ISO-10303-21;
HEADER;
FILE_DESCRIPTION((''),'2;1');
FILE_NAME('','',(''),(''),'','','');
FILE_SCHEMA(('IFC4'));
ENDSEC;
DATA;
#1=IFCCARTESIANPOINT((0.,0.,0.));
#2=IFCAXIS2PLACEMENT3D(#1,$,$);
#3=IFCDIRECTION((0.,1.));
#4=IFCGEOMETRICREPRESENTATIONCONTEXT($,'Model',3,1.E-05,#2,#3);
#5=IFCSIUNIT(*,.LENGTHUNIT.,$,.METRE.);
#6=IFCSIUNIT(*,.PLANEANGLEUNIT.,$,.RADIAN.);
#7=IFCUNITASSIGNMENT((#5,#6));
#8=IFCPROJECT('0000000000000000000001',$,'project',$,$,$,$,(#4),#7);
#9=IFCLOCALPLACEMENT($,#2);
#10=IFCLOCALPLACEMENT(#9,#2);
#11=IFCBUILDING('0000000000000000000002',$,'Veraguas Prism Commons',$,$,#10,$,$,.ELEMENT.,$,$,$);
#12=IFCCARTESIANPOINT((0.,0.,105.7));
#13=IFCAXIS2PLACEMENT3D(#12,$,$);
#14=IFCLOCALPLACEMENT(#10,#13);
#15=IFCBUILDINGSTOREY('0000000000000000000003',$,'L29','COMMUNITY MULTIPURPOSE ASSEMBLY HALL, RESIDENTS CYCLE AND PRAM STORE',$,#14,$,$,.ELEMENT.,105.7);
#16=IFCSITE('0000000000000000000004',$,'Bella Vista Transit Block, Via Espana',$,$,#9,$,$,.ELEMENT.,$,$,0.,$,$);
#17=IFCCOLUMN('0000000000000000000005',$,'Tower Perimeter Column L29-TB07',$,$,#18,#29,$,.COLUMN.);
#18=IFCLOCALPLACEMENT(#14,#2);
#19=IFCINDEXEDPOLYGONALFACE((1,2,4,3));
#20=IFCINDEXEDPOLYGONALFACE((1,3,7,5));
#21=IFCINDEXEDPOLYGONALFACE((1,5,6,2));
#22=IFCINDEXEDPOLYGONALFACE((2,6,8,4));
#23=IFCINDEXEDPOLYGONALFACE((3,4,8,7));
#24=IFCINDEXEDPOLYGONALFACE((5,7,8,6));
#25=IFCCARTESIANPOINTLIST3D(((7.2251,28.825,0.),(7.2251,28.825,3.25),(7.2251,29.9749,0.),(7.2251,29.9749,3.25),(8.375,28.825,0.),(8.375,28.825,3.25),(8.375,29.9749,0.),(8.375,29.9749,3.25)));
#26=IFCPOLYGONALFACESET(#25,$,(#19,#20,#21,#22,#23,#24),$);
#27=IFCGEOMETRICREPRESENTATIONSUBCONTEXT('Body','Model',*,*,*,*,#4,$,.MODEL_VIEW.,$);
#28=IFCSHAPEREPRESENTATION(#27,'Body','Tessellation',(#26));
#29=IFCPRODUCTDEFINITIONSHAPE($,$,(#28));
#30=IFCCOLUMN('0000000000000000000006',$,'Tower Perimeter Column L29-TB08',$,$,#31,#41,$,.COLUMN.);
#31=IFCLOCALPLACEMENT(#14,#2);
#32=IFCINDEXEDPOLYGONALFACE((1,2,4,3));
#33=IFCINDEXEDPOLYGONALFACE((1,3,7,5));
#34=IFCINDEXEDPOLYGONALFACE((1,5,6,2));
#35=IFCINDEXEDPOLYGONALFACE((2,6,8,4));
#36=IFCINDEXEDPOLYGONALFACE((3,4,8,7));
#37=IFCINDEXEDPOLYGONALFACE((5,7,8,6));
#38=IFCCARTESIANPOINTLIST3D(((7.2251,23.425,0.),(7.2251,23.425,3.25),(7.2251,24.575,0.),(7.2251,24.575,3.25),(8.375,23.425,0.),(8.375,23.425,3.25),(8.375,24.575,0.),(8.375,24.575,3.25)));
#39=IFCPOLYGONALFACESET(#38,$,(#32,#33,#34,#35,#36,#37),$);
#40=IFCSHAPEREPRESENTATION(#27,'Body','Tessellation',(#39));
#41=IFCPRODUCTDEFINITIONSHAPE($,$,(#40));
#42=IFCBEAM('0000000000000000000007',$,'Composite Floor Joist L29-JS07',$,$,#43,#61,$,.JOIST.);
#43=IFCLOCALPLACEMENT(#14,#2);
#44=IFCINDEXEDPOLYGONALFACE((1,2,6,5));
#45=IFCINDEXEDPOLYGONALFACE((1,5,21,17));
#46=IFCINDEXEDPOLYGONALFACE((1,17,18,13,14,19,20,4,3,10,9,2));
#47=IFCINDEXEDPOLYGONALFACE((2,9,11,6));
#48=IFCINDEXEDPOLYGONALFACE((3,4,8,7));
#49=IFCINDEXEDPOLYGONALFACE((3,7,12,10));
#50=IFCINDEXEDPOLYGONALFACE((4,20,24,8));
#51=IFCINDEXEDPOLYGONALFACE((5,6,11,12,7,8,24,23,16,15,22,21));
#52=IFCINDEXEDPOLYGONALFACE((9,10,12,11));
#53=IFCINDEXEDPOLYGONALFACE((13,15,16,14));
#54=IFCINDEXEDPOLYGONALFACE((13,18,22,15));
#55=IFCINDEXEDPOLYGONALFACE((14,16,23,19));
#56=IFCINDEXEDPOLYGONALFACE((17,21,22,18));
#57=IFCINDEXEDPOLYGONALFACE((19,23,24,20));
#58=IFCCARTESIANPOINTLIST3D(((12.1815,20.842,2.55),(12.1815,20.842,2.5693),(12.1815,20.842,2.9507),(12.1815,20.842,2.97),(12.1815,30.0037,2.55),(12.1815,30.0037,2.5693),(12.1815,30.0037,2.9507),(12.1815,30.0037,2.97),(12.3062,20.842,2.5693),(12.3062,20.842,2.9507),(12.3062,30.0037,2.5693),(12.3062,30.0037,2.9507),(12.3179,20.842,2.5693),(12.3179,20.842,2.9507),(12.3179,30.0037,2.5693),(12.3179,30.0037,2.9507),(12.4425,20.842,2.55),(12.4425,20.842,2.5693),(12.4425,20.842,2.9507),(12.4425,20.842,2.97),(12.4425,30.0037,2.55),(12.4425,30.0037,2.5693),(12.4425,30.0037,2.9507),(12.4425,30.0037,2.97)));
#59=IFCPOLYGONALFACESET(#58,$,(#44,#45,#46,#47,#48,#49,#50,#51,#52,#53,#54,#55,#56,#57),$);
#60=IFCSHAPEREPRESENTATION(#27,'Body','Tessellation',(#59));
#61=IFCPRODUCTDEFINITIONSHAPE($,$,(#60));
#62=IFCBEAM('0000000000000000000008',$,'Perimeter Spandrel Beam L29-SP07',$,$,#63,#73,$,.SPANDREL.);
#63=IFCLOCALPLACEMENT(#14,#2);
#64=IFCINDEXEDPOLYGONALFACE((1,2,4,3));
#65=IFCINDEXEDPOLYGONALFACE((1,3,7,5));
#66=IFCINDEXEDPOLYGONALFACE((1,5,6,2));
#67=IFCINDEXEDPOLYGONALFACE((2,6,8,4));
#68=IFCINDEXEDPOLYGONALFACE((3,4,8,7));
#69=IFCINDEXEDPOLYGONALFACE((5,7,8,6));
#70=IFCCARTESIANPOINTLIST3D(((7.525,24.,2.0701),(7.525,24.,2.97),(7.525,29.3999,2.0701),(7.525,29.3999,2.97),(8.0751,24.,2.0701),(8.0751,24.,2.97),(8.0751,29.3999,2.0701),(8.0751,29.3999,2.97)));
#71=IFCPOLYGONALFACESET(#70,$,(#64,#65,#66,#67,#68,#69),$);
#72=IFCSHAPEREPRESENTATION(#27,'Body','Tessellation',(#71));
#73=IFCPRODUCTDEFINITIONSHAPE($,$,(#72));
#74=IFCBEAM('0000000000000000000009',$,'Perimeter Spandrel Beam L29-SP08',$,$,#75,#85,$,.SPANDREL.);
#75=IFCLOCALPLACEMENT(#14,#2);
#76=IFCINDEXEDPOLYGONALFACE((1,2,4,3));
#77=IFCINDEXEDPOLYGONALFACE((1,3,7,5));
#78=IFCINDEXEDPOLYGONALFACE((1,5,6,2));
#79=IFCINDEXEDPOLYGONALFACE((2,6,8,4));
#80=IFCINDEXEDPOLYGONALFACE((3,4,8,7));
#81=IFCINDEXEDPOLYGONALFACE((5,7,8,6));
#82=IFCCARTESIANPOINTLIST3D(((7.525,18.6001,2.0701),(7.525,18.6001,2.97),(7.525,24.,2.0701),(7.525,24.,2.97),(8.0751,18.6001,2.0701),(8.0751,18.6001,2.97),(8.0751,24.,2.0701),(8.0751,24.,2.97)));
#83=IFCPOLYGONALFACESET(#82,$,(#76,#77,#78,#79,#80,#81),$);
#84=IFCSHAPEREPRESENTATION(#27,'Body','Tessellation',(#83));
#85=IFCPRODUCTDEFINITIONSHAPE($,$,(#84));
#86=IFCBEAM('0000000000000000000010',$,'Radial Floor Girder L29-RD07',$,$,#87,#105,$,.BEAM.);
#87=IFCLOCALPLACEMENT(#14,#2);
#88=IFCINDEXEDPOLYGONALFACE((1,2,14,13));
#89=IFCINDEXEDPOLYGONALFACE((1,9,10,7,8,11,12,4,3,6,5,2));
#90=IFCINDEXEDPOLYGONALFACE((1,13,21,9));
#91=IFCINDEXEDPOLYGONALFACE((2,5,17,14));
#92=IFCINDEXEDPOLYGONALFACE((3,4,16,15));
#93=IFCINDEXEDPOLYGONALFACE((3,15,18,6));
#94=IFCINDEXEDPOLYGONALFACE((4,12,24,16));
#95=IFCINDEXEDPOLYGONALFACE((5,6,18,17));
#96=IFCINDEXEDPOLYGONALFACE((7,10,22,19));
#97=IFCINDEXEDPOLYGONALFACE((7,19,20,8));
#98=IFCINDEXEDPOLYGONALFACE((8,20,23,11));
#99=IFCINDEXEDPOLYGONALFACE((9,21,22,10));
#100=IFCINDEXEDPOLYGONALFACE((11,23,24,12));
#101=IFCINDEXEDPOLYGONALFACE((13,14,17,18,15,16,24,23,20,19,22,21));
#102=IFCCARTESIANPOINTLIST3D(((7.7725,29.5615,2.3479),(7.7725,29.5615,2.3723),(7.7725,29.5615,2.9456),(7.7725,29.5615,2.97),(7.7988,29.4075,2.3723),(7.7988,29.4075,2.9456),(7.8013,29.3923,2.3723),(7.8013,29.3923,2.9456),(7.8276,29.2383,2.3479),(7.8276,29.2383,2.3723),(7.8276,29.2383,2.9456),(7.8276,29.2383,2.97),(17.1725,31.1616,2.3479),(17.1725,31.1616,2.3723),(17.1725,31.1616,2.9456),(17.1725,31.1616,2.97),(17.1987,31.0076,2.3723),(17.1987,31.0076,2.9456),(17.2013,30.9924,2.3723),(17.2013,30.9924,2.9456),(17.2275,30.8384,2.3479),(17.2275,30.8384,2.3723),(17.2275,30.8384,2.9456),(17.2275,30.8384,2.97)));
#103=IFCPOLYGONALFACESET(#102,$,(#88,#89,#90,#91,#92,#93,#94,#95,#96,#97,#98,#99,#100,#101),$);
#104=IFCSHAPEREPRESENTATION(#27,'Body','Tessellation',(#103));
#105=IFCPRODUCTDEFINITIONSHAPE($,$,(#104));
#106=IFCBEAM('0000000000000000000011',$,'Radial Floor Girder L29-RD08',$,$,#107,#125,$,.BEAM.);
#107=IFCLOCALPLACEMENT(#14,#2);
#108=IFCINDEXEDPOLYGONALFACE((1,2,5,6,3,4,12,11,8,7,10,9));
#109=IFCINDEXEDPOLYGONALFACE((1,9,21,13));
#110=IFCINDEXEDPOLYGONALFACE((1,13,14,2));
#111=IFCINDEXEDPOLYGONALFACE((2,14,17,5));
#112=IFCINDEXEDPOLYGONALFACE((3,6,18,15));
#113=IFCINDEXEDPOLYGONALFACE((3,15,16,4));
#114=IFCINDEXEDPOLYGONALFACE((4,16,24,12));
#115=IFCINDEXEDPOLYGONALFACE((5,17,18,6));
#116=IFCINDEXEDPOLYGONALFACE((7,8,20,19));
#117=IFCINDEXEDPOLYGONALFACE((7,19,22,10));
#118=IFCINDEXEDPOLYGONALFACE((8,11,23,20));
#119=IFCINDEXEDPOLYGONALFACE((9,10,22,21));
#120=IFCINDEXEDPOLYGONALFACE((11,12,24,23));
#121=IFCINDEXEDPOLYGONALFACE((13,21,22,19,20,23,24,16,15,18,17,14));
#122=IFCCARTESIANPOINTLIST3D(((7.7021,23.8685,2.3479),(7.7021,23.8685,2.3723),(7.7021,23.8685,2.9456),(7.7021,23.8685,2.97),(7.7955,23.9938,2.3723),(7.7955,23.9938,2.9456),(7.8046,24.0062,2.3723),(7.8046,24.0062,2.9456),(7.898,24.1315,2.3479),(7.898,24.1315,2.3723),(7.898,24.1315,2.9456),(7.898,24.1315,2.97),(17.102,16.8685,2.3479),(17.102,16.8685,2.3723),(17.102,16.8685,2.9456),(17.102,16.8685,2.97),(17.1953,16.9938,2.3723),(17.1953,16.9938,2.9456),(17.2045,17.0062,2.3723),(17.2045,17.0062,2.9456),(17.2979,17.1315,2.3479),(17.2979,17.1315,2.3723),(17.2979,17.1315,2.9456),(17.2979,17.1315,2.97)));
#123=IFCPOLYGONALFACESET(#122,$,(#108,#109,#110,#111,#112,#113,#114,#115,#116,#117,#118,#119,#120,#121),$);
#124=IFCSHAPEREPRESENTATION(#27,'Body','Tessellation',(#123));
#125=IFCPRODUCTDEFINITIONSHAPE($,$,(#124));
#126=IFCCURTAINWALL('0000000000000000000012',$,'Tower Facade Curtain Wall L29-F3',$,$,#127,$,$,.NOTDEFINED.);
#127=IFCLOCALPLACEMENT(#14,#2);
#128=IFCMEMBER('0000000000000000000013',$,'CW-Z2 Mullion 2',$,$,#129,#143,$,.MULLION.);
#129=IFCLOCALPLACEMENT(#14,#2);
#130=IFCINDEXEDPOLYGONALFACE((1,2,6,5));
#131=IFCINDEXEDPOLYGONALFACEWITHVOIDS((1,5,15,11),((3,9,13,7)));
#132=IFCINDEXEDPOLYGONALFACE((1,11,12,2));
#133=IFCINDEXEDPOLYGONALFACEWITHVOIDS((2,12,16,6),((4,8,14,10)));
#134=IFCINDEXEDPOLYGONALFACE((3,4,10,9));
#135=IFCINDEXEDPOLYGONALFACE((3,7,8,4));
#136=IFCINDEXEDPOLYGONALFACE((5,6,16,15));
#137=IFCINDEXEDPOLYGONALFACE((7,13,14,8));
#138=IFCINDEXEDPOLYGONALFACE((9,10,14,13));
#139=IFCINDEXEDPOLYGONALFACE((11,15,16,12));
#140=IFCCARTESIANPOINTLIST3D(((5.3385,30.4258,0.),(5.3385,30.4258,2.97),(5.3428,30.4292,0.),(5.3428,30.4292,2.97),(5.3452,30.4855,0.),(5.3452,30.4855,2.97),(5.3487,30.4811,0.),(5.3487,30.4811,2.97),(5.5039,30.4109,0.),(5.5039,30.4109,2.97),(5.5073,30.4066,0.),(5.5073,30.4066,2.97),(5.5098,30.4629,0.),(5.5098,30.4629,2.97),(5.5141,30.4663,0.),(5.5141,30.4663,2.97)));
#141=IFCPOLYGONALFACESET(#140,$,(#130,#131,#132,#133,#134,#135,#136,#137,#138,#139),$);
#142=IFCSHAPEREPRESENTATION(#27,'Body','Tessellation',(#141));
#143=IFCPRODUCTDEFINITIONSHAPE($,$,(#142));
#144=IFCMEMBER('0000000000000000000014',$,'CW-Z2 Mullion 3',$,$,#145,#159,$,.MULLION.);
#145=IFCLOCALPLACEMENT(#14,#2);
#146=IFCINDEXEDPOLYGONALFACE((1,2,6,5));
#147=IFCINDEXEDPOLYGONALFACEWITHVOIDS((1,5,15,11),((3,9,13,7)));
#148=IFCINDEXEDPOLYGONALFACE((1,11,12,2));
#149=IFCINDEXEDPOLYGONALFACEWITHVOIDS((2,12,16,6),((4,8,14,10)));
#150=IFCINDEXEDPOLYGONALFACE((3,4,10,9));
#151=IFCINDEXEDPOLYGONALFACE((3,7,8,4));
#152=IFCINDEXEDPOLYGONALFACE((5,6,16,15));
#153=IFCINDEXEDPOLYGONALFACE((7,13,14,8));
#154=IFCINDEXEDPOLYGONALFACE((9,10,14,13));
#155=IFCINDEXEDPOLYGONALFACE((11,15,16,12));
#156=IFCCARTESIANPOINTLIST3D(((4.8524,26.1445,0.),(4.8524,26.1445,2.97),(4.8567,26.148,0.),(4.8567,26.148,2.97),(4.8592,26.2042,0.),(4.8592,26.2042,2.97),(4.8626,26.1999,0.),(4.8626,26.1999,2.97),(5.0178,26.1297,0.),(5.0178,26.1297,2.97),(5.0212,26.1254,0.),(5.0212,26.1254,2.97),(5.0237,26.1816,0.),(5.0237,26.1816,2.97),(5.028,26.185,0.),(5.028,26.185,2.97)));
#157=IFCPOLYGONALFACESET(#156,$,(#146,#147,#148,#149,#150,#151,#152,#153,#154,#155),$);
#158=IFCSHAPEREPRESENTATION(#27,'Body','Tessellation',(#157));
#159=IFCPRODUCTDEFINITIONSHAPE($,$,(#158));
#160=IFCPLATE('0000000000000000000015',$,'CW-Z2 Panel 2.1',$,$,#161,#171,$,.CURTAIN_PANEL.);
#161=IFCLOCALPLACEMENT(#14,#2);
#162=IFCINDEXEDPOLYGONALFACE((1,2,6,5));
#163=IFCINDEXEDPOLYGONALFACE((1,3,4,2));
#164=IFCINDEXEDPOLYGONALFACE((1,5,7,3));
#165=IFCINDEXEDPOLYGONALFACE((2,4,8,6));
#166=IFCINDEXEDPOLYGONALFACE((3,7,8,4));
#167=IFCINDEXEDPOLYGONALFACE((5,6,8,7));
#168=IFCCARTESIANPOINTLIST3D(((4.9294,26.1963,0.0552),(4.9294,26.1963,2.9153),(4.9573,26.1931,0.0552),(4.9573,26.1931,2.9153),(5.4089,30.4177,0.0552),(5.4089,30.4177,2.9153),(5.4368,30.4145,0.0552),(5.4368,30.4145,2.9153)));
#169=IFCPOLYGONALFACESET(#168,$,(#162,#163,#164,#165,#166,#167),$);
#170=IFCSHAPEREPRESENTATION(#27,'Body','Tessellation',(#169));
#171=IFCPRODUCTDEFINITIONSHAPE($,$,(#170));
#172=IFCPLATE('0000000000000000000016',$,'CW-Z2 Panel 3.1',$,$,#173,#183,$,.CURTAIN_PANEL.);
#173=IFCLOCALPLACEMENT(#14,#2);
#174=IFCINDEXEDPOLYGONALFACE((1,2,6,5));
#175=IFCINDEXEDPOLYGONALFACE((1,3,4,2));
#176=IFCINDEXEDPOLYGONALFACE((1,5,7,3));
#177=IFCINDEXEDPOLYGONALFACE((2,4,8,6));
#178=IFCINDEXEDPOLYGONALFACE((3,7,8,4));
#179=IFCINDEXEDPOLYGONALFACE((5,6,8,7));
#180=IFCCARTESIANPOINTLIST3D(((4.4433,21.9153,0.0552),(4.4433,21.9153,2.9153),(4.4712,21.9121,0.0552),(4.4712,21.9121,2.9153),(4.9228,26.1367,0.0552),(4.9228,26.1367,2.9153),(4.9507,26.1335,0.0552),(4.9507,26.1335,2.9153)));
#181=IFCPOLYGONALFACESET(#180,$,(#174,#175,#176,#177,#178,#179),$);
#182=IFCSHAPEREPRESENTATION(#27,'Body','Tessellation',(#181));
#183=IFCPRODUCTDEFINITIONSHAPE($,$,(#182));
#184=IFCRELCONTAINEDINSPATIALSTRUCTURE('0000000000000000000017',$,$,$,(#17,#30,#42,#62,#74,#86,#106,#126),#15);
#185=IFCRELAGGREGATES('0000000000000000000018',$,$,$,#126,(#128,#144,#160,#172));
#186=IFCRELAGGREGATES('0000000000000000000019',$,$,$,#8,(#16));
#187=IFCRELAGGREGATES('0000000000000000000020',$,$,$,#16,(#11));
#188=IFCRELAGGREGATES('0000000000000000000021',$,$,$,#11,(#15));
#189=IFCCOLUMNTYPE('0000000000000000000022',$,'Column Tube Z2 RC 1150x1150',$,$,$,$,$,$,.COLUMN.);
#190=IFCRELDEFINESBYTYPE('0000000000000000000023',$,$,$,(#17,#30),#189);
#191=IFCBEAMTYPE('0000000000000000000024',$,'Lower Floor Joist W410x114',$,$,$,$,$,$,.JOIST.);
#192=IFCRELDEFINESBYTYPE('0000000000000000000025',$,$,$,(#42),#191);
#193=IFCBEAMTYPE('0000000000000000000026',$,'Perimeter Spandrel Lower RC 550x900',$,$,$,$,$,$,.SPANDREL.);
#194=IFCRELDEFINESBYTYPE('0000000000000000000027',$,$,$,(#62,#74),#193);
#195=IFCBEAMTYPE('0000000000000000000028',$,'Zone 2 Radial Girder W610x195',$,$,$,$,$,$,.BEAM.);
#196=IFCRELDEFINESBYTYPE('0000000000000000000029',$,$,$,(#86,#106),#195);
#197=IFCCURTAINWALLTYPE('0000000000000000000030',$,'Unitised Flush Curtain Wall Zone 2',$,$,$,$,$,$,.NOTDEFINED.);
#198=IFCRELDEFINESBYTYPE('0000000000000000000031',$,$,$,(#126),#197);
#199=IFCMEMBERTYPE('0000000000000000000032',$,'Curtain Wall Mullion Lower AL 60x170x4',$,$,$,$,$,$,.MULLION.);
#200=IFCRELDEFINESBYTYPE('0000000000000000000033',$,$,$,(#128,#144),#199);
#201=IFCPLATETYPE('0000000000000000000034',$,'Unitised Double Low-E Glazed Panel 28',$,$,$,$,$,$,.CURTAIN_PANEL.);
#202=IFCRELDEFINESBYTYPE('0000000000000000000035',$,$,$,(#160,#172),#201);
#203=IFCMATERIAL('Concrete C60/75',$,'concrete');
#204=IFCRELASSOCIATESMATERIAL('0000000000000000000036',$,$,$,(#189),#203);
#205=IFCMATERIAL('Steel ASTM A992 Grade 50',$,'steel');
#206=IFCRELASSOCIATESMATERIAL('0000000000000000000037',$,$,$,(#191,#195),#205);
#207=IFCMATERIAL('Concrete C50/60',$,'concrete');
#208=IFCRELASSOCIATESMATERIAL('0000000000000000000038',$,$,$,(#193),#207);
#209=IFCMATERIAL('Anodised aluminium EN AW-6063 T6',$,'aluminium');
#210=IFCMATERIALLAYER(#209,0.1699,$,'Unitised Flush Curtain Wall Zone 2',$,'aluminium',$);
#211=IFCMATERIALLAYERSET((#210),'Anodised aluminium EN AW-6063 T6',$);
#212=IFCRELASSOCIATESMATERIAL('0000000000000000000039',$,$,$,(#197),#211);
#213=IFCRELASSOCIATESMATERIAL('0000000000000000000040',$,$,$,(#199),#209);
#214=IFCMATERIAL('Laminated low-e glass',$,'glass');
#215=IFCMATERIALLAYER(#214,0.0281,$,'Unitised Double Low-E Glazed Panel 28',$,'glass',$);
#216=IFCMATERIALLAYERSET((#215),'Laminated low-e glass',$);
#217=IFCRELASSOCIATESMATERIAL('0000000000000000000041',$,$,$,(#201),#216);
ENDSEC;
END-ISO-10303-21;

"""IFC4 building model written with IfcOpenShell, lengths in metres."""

from ifc_helpers import new_model, si_unit, direction, frame, origin, origin_2d, place, context, subcontext, project, spatial, rectangle, hollow_rectangle, i_section, extrude, source, transform, mapped, material, layer, layer_set, material_profile, profile_set, type_object, element, aggregate, save


model = new_model("IFC4")

# Units and contexts
model_context = context("Model", 3, precision=1e-05, world=origin(), true_north=direction((0.0, 1.0)))
body_context = subcontext(model_context, "Body", "Model", "MODEL_VIEW")
ifc_project = project(units=[si_unit("LENGTHUNIT", "METRE"), si_unit("PLANEANGLEUNIT", "RADIAN")], contexts=[model_context])

# Site, building, storey
site_placement = place(None, origin())
site = spatial("IfcSite", under=ifc_project, at=site_placement, Name="Bella Vista Transit Block, Via Espana", CompositionType="ELEMENT", RefElevation=0.0)
building_placement = place(site_placement, origin())
building = spatial("IfcBuilding", under=site, at=building_placement, Name="Veraguas Prism Commons", CompositionType="ELEMENT")
storey_placement = place(building_placement, frame((0.0, 0.0, 105.7)))
storey = spatial("IfcBuildingStorey", under=building, at=storey_placement, Name="L29", Description="COMMUNITY MULTIPURPOSE ASSEMBLY HALL, RESIDENTS CYCLE AND PRAM STORE", CompositionType="ELEMENT", Elevation=105.7)

# Columns
ifc_material_1 = material(Name="Concrete C60/75", Category="concrete")
ifc_material_profile_1 = material_profile(ifc_material_1, rectangle(XDim=1.1499, YDim=1.1499, at=origin_2d()), Name="RC1150X1150")
ifc_profile_set_1 = profile_set([ifc_material_profile_1], Name="Concrete C60/75")
column_type = type_object("IfcColumnType", Name="Column Tube Z2 RC 1150x1150", PredefinedType="COLUMN", material=ifc_profile_set_1)
for number, where, z_axis, x_axis, name in (
    (1, (7.8, 29.3999, 0.0), (0.0, 0.0, 1.0), (1.0, 0.0, 0.0), "Tower Perimeter Column L29-TB07"),
    (2, (7.8, 24.0, 0.0), (0.0, 0.0, 1.0), (1.0, 0.0, 0.0), "Tower Perimeter Column L29-TB08"),
):
    element("IfcColumn", number, at=place(storey_placement, frame(where, z_axis=z_axis, x_axis=x_axis)), inside=storey, type_object=column_type, Name=name, PredefinedType="COLUMN", context=body_context, shape_type="SweptSolid", body=[
        extrude(rectangle(XDim=1.1499, YDim=1.1499, at=origin_2d()), origin(), (0.0, 0.0, 1.0), 3.25),
    ])

# Beams
ifc_material_2 = material(Name="Steel ASTM A992 Grade 50", Category="steel")
ifc_material_profile_2 = material_profile(ifc_material_2, i_section(OverallWidth=0.261, OverallDepth=0.4199, WebThickness=0.0117, FlangeThickness=0.0193, at=origin_2d()), Name="W410X114")
ifc_profile_set_2 = profile_set([ifc_material_profile_2], Name="Steel ASTM A992 Grade 50")
beam_type_1 = type_object("IfcBeamType", Name="Lower Floor Joist W410x114", PredefinedType="JOIST", material=ifc_profile_set_2)
beam_1_placement = place(storey_placement, frame((12.312, 30.0037, 2.76), z_axis=(0.0, -1.0, 0.0), x_axis=(1.0, 0.0, 0.0)))
element("IfcBeam", 3, at=beam_1_placement, inside=storey, type_object=beam_type_1, Name="Composite Floor Joist L29-JS07", PredefinedType="JOIST", context=body_context, shape_type="SweptSolid", body=[
    extrude(i_section(OverallWidth=0.261, OverallDepth=0.4199, WebThickness=0.0117, FlangeThickness=0.0193, at=origin_2d()), origin(), (0.0, 0.0, 1.0), 9.1616),
])
ifc_material_3 = material(Name="Concrete C50/60", Category="concrete")
ifc_material_profile_3 = material_profile(ifc_material_3, rectangle(XDim=0.55, YDim=0.8999, at=origin_2d()), Name="RC550X900")
ifc_profile_set_3 = profile_set([ifc_material_profile_3], Name="Concrete C50/60")
beam_type_2 = type_object("IfcBeamType", Name="Perimeter Spandrel Lower RC 550x900", PredefinedType="SPANDREL", material=ifc_profile_set_3)
for number, where, z_axis, x_axis, name in (
    (4, (7.8, 29.3999, 2.52), (0.0, -1.0, 0.0), (1.0, 0.0, 0.0), "Perimeter Spandrel Beam L29-SP07"),
    (5, (7.8, 24.0, 2.52), (0.0, -1.0, 0.0), (1.0, 0.0, 0.0), "Perimeter Spandrel Beam L29-SP08"),
):
    element("IfcBeam", number, at=place(storey_placement, frame(where, z_axis=z_axis, x_axis=x_axis)), inside=storey, type_object=beam_type_2, Name=name, PredefinedType="SPANDREL", context=body_context, shape_type="SweptSolid", body=[
        extrude(rectangle(XDim=0.55, YDim=0.8999, at=origin_2d()), origin(), (0.0, 0.0, 1.0), 5.3999),
    ])
ifc_material_profile_4 = material_profile(ifc_material_2, i_section(OverallWidth=0.3279, OverallDepth=0.6221, WebThickness=0.0154, FlangeThickness=0.0244, at=origin_2d()), Name="W610X195")
ifc_profile_set_4 = profile_set([ifc_material_profile_4], Name="Steel ASTM A992 Grade 50")
beam_type_3 = type_object("IfcBeamType", Name="Zone 2 Radial Girder W610x195", PredefinedType="BEAM", material=ifc_profile_set_4)
beam_2_placement = place(storey_placement, frame((7.8, 29.3999, 2.6589), z_axis=(0.985819, 0.167811, 0.0), x_axis=(-0.167811, 0.985819, 0.0)))
element("IfcBeam", 6, at=beam_2_placement, inside=storey, type_object=beam_type_3, Name="Radial Floor Girder L29-RD07", PredefinedType="BEAM", context=body_context, shape_type="SweptSolid", body=[
    extrude(i_section(OverallWidth=0.3279, OverallDepth=0.6221, WebThickness=0.0154, FlangeThickness=0.0244, at=origin_2d()), origin(), (0.0, 0.0, 1.0), 9.5352),
])
beam_3_placement = place(storey_placement, frame((7.8, 24.0, 2.6589), z_axis=(0.80204, -0.59727, 0.0), x_axis=(0.59727, 0.80204, 0.0)))
element("IfcBeam", 7, at=beam_3_placement, inside=storey, type_object=beam_type_3, Name="Radial Floor Girder L29-RD08", PredefinedType="BEAM", context=body_context, shape_type="SweptSolid", body=[
    extrude(i_section(OverallWidth=0.3279, OverallDepth=0.6221, WebThickness=0.0154, FlangeThickness=0.0244, at=origin_2d()), origin(), (0.0, 0.0, 1.0), 11.72),
])

# Curtain wall, members, plates
ifc_material_4 = material(Name="Anodised aluminium EN AW-6063 T6", Category="aluminium")
ifc_layer_1 = layer(ifc_material_4, 0.1699, Name="Unitised Flush Curtain Wall Zone 2", Category="aluminium")
ifc_layer_set_1 = layer_set([ifc_layer_1], Name="Anodised aluminium EN AW-6063 T6")
curtain_wall_type = type_object("IfcCurtainWallType", Name="Unitised Flush Curtain Wall Zone 2", PredefinedType="NOTDEFINED", material=ifc_layer_set_1)
curtain_wall_placement = place(storey_placement, origin())
curtain_wall = element("IfcCurtainWall", 8, at=curtain_wall_placement, inside=storey, type_object=curtain_wall_type, Name="Tower Facade Curtain Wall L29-F3", PredefinedType="NOTDEFINED")
ifc_material_profile_5 = material_profile(ifc_material_4, hollow_rectangle(XDim=0.0601, YDim=0.1699, WallThickness=0.0039, at=origin_2d()), Name="AL60X170X4")
ifc_profile_set_5 = profile_set([ifc_material_profile_5], Name="Anodised aluminium EN AW-6063 T6")
member_type = type_object("IfcMemberType", Name="Curtain Wall Mullion Lower AL 60x170x4", PredefinedType="MULLION", material=ifc_profile_set_5)
shared_shape_1 = source(origin(), body_context, "Body", "SweptSolid", [
    extrude(hollow_rectangle(XDim=0.0601, YDim=0.1699, WallThickness=0.0039, at=origin_2d()), origin(), (0.0, 0.0, 1.0), 2.97),
])
member_1_placement = place(storey_placement, frame((5.4263, 30.446, 0.0), z_axis=(0.0, 0.0, 1.0), x_axis=(-0.112856, -0.993611, 0.0)))
member_1 = element("IfcMember", 9, at=member_1_placement, type_object=member_type, Name="CW-Z2 Mullion 2", PredefinedType="MULLION", context=body_context, shape_type="MappedRepresentation", body=[
    mapped(shared_shape_1, transform((0.0, 0.0, 0.0), scale=1.0)),
])
member_2_placement = place(storey_placement, frame((4.9402, 26.1648, 0.0), z_axis=(0.0, 0.0, 1.0), x_axis=(-0.112856, -0.993611, 0.0)))
member_2 = element("IfcMember", 10, at=member_2_placement, type_object=member_type, Name="CW-Z2 Mullion 3", PredefinedType="MULLION", context=body_context, shape_type="MappedRepresentation", body=[
    mapped(shared_shape_1, transform((0.0, 0.0, 0.0), scale=1.0)),
])
ifc_material_5 = material(Name="Laminated low-e glass", Category="glass")
ifc_layer_2 = layer(ifc_material_5, 0.0281, Name="Unitised Double Low-E Glazed Panel 28", Category="glass")
ifc_layer_set_2 = layer_set([ifc_layer_2], Name="Laminated low-e glass")
plate_type = type_object("IfcPlateType", Name="Unitised Double Low-E Glazed Panel 28", PredefinedType="CURTAIN_PANEL", material=ifc_layer_set_2)
shared_shape_2 = source(origin(), body_context, "Body", "SweptSolid", [
    extrude(rectangle(XDim=4.2485, YDim=0.0281, at=origin_2d()), origin(), (0.0, 0.0, 1.0), 2.8601),
])
plate_1_placement = place(storey_placement, frame((5.1831, 28.3054, 0.0552), z_axis=(0.0, 0.0, 1.0), x_axis=(-0.112856, -0.993611, 0.0)))
plate_1 = element("IfcPlate", 11, at=plate_1_placement, type_object=plate_type, Name="CW-Z2 Panel 2.1", PredefinedType="CURTAIN_PANEL", context=body_context, shape_type="MappedRepresentation", body=[
    mapped(shared_shape_2, transform((0.0, 0.0, 0.0), scale=1.0)),
])
plate_2_placement = place(storey_placement, frame((4.697, 24.0244, 0.0552), z_axis=(0.0, 0.0, 1.0), x_axis=(-0.112856, -0.993611, 0.0)))
plate_2 = element("IfcPlate", 12, at=plate_2_placement, type_object=plate_type, Name="CW-Z2 Panel 3.1", PredefinedType="CURTAIN_PANEL", context=body_context, shape_type="MappedRepresentation", body=[
    mapped(shared_shape_2, transform((0.0, 0.0, 0.0), scale=1.0)),
])
aggregate(curtain_wall, [member_1, member_2, plate_1, plate_2])

save(model, "model.ifc")
